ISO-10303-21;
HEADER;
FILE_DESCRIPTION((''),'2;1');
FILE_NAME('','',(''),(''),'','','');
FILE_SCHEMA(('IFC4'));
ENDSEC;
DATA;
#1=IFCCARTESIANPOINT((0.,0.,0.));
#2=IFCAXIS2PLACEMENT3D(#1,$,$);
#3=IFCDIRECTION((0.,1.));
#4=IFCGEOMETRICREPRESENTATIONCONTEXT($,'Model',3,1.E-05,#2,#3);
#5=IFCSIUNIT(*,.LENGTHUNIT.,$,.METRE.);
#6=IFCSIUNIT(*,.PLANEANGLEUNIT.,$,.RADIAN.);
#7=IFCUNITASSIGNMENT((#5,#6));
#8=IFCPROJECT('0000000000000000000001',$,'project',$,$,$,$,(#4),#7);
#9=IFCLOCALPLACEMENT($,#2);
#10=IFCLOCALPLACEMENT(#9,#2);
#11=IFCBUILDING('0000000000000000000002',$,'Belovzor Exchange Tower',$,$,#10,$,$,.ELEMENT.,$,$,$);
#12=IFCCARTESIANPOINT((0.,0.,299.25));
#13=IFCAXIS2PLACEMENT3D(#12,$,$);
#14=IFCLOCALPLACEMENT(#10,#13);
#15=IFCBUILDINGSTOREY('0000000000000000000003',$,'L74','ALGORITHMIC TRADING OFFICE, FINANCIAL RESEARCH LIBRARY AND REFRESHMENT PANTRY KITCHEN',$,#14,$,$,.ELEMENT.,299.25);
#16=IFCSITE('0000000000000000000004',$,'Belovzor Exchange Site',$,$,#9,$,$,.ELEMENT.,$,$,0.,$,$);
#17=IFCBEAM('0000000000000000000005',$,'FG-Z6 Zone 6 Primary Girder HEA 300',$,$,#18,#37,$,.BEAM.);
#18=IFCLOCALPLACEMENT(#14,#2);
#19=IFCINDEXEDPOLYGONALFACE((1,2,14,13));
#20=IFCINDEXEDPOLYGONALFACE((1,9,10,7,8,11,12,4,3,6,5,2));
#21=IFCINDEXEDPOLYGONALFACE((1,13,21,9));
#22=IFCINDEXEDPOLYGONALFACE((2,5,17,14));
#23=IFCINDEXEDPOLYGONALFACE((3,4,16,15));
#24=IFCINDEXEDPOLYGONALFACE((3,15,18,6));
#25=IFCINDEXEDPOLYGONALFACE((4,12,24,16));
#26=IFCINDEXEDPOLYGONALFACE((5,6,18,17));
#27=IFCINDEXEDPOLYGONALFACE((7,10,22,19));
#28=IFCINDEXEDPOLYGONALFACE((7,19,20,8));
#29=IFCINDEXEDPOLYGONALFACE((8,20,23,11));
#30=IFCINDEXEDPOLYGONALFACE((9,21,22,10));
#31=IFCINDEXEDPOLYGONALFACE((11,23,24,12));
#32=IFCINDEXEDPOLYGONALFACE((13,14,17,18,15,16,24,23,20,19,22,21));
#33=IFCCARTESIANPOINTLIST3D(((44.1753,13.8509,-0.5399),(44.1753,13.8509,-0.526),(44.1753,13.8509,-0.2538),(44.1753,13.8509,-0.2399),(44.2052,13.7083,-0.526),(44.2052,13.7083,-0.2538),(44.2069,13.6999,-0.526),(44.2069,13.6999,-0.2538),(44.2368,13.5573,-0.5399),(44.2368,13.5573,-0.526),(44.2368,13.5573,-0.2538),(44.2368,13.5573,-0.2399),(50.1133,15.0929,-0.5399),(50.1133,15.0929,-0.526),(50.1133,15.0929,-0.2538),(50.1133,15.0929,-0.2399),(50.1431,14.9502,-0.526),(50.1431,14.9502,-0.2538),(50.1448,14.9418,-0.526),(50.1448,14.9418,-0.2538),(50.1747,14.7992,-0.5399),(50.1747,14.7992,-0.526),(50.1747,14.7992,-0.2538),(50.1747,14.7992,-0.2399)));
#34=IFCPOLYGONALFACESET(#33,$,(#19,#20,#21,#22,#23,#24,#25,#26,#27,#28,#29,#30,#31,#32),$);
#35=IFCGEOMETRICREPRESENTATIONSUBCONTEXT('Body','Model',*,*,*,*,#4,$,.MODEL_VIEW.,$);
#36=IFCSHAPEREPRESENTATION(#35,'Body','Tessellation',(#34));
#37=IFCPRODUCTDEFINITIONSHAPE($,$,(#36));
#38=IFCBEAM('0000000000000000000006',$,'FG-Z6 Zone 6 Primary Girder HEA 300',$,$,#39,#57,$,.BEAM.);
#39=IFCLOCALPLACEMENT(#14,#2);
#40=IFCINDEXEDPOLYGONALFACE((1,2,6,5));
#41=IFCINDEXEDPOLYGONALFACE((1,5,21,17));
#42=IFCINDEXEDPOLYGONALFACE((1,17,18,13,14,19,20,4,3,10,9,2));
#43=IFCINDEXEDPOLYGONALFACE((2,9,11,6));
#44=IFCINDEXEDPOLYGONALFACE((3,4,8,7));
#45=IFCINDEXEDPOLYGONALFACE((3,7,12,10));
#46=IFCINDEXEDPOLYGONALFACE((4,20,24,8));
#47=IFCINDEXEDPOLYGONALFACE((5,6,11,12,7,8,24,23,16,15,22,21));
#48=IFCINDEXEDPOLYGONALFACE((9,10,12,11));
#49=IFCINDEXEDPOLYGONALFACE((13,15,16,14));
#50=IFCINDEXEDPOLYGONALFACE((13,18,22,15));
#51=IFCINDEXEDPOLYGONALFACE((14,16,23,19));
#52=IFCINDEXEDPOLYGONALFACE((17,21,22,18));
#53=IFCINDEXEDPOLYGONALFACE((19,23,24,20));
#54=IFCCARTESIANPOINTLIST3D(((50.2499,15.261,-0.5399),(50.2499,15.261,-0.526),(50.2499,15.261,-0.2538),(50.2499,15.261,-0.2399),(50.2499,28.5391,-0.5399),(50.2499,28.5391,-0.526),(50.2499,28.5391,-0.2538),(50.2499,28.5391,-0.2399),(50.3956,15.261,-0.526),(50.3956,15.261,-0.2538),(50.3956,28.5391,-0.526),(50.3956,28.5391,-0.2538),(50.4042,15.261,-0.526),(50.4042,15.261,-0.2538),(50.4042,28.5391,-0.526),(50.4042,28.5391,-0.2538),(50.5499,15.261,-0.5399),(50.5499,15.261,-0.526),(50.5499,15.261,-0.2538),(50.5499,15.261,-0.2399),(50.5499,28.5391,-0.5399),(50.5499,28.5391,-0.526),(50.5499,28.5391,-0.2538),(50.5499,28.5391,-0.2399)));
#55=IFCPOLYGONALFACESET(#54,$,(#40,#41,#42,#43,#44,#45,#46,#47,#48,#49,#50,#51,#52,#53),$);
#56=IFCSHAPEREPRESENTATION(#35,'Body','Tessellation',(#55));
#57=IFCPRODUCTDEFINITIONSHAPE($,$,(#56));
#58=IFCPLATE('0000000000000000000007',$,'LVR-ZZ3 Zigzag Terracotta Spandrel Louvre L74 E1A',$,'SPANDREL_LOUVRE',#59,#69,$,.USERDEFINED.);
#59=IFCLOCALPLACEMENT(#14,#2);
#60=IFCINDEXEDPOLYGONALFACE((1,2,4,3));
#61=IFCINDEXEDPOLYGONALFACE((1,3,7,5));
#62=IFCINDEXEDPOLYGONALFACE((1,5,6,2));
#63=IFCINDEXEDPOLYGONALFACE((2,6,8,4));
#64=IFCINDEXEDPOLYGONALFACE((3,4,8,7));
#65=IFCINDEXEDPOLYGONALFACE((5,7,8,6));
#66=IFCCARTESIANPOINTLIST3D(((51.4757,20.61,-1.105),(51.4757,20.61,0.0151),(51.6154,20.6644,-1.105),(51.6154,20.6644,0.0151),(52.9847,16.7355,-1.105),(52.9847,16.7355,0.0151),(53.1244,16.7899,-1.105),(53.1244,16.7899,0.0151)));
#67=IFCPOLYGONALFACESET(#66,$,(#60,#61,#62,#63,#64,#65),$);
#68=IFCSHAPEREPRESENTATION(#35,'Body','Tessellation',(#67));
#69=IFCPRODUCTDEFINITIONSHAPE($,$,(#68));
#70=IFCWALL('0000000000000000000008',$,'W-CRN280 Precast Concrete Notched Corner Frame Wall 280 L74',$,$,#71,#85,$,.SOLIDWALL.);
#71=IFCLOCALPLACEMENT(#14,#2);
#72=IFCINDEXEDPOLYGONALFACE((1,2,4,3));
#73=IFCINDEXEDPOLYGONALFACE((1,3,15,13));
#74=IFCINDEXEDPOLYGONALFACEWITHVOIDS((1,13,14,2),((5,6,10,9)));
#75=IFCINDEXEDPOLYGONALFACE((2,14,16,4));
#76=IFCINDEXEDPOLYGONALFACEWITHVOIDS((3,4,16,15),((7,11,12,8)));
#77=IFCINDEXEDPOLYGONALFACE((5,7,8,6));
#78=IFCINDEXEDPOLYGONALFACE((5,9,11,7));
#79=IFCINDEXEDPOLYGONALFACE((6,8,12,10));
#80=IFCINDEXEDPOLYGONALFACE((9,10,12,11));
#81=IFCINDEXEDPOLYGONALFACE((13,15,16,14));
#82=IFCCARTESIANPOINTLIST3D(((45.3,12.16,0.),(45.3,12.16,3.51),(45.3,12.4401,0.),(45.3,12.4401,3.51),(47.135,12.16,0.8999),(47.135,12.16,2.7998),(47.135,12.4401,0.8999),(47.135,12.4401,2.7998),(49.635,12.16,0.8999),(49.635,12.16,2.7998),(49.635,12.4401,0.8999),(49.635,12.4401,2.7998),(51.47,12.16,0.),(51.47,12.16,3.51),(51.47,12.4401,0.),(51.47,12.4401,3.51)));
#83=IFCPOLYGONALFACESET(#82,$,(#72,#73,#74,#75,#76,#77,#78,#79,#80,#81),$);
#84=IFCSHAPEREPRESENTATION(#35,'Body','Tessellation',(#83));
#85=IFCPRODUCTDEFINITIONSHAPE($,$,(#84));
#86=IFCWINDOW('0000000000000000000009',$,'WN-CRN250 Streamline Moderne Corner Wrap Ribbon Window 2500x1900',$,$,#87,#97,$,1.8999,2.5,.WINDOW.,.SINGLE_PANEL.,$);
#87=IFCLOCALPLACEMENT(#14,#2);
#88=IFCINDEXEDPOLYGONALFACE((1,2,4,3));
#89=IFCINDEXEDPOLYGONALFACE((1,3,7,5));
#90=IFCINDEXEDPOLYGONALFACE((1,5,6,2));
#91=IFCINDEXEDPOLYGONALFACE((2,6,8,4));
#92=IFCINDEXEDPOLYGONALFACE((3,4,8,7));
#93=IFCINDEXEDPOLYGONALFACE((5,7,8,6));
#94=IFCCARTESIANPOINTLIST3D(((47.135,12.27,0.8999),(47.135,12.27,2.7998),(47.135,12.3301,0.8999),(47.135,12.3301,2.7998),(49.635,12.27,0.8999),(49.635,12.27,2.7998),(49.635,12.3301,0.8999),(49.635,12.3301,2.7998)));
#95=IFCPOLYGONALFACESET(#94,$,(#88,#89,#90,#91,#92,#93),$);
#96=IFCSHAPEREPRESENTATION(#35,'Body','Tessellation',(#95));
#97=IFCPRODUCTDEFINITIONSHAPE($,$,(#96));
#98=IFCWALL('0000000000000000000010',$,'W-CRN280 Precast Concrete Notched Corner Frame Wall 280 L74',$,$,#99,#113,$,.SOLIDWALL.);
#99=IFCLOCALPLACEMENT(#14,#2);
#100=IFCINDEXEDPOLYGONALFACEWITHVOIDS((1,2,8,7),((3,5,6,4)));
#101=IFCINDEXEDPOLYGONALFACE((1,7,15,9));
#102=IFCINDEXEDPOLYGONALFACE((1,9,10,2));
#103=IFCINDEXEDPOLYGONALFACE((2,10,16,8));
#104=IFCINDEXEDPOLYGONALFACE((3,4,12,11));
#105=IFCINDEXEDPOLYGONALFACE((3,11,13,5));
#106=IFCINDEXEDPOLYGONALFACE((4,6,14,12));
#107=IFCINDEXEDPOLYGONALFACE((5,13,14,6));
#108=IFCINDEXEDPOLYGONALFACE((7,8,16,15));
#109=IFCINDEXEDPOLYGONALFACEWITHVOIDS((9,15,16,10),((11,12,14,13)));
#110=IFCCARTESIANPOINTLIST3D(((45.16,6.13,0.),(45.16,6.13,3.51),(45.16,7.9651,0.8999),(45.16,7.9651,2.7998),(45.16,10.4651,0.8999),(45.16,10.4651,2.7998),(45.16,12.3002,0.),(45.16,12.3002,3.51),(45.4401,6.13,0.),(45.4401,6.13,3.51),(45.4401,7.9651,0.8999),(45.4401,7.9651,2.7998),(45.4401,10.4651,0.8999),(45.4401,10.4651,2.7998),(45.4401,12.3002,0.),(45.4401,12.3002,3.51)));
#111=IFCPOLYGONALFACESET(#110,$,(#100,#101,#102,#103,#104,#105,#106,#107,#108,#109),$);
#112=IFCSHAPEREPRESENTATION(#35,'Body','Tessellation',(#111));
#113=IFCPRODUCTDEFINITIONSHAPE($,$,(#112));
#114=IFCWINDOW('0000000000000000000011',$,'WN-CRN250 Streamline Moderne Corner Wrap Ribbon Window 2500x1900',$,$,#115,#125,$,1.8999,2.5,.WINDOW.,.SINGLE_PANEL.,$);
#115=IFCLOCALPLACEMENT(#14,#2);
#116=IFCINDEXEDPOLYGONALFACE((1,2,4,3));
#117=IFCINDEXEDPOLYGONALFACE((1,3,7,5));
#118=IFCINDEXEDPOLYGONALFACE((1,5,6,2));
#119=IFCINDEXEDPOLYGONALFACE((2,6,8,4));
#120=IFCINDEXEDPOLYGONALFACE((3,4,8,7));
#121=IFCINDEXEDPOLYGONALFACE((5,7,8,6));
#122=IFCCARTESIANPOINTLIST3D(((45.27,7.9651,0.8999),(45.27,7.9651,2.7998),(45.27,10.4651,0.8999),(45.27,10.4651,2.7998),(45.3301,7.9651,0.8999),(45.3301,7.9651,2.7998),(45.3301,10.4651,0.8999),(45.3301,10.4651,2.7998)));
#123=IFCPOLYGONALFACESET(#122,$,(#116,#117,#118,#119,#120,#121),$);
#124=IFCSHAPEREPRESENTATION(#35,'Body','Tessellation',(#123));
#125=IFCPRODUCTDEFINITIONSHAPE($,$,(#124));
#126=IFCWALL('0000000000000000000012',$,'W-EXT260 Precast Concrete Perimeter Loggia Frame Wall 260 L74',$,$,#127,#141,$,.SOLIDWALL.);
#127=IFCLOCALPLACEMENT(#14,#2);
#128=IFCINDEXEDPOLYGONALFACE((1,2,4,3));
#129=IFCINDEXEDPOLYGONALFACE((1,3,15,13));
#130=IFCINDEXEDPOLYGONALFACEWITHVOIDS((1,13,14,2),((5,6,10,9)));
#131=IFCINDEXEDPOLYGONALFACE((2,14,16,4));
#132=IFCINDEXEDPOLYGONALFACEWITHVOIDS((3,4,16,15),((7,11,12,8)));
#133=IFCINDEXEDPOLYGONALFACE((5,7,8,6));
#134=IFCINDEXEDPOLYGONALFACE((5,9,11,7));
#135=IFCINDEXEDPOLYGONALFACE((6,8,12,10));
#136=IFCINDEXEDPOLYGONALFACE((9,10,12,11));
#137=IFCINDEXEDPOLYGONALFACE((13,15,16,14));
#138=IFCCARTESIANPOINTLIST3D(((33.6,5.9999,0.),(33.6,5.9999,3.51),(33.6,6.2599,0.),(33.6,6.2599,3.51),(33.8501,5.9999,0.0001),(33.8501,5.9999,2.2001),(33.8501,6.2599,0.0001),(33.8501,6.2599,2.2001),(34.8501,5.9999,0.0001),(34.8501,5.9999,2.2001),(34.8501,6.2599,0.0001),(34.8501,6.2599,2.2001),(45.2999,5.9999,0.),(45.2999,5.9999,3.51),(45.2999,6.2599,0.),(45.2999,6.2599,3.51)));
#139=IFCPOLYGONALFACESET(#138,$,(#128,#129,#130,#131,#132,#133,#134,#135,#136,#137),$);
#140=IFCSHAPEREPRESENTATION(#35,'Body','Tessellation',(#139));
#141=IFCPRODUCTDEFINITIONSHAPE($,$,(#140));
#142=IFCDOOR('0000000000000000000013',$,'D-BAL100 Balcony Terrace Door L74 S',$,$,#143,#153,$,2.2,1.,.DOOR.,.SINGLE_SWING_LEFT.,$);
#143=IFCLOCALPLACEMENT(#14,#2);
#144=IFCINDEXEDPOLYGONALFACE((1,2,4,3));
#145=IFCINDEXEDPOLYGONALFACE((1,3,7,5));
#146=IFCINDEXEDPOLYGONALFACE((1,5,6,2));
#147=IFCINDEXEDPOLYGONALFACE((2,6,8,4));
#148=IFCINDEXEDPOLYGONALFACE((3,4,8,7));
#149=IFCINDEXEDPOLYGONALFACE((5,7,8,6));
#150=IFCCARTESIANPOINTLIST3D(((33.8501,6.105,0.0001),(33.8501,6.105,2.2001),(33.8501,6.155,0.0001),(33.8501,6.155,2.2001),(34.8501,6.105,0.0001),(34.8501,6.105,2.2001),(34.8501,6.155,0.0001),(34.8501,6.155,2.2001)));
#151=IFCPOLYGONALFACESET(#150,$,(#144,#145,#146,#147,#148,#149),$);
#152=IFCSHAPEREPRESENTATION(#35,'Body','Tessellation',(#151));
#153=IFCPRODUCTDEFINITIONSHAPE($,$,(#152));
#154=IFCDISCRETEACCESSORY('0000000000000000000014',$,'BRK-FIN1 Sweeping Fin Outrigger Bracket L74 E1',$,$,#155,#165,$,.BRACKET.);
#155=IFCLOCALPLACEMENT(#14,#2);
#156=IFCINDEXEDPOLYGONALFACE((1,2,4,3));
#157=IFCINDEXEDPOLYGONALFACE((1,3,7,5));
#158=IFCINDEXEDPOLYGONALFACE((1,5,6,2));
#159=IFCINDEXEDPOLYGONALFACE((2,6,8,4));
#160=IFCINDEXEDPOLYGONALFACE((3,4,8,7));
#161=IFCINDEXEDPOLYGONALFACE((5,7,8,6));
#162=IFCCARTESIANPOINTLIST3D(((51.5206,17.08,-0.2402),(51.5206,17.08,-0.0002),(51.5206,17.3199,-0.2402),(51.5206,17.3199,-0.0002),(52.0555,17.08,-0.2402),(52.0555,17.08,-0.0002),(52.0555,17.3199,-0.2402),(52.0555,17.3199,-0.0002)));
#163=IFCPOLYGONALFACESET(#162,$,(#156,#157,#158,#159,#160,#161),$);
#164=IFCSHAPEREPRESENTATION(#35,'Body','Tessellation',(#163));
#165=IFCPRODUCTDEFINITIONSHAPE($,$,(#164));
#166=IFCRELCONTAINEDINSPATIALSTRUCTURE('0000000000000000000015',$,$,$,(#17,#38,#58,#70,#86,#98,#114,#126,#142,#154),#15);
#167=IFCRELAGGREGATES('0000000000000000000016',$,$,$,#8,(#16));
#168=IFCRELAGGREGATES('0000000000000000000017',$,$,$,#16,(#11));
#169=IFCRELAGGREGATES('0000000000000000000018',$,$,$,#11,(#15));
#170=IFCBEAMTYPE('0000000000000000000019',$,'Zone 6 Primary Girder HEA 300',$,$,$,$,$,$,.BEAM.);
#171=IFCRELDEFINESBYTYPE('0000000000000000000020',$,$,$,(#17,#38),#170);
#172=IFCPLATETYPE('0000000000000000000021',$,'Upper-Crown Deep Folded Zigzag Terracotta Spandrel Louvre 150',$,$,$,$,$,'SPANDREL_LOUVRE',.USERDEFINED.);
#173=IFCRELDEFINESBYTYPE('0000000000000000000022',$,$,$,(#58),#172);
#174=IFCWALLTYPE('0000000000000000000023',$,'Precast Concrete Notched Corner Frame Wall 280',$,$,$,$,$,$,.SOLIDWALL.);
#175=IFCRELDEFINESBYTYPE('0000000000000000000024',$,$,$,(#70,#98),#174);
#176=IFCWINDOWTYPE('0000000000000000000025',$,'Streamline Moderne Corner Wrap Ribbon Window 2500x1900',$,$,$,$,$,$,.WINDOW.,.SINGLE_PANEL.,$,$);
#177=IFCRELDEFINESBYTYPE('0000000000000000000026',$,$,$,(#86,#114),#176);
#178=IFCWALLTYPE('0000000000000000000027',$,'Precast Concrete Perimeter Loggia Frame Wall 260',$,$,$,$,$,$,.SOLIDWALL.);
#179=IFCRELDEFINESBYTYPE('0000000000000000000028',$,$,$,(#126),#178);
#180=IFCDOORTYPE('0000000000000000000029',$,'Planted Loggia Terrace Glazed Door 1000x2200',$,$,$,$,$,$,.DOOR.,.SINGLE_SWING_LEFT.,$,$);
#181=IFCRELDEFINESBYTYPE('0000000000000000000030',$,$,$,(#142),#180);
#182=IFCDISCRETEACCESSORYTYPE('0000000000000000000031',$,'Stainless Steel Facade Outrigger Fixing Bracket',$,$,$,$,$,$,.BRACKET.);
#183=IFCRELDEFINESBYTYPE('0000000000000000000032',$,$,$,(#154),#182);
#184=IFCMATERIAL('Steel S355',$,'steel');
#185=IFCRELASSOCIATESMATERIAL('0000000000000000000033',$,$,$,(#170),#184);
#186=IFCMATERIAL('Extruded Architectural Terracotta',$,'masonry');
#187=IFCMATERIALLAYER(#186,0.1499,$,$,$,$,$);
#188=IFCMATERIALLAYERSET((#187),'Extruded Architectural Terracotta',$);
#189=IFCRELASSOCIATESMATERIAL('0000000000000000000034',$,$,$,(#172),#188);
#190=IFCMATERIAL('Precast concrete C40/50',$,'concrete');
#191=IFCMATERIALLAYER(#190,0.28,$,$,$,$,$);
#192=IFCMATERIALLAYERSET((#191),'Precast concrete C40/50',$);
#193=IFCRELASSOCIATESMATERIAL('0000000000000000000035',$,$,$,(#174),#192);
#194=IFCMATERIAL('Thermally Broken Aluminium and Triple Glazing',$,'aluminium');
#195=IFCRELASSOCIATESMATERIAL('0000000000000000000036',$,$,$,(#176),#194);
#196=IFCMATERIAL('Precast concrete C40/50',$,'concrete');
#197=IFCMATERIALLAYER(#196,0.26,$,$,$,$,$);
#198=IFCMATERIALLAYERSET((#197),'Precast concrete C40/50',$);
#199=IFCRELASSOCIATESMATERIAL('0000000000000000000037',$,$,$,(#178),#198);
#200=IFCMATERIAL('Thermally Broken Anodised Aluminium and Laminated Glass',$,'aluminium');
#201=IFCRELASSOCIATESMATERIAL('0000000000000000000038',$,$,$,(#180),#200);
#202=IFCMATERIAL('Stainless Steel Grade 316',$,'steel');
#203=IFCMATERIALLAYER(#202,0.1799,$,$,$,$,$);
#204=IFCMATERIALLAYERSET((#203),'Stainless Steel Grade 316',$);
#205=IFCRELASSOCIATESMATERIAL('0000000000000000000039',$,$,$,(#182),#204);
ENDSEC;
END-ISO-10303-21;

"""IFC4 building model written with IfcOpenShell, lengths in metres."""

from ifc_helpers import new_model, si_unit, direction, frame, frame_2d, origin, origin_2d, place, context, subcontext, project, spatial, rectangle, i_section, extrude, material, layer, layer_set, material_profile, profile_set, type_object, element, fill, save


model = new_model("IFC4")

# Units and contexts
model_context = context("Model", 3, precision=1e-05, world=origin(), true_north=direction((0.0, 1.0)))
body_context = subcontext(model_context, "Body", "Model", "MODEL_VIEW")
ifc_project = project(units=[si_unit("LENGTHUNIT", "METRE"), si_unit("PLANEANGLEUNIT", "RADIAN")], contexts=[model_context])

# Site, building, storey
site_placement = place(None, origin())
site = spatial("IfcSite", under=ifc_project, at=site_placement, Name="Belovzor Exchange Site", CompositionType="ELEMENT", RefElevation=0.0)
building_placement = place(site_placement, origin())
building = spatial("IfcBuilding", under=site, at=building_placement, Name="Belovzor Exchange Tower", CompositionType="ELEMENT")
storey_placement = place(building_placement, frame((0.0, 0.0, 299.25)))
storey = spatial("IfcBuildingStorey", under=building, at=storey_placement, Name="L74", Description="ALGORITHMIC TRADING OFFICE, FINANCIAL RESEARCH LIBRARY AND REFRESHMENT PANTRY KITCHEN", CompositionType="ELEMENT", Elevation=299.25)

# Beams
ifc_material_1 = material(Name="Steel S355", Category="steel")
ifc_material_profile_1 = material_profile(ifc_material_1, i_section(OverallWidth=0.3, OverallDepth=0.3, WebThickness=0.0085, FlangeThickness=0.0139, at=origin_2d()))
ifc_profile_set_1 = profile_set([ifc_material_profile_1], Name="Steel S355")
beam_type_1 = type_object("IfcBeamType", Name="Zone 6 Primary Girder HEA 300", PredefinedType="BEAM", material=ifc_profile_set_1)
for number, where, z_axis, x_axis, name in (
    (1, (44.2061, 13.7041, -0.3899), (0.97882, 0.204722, 0.0), (-0.204722, 0.97882, 0.0), "FG-Z6 Zone 6 Primary Girder HEA 300"),
):
    element("IfcBeam", number, at=place(storey_placement, frame(where, z_axis=z_axis, x_axis=x_axis)), inside=storey, type_object=beam_type_1, Name=name, PredefinedType="BEAM", context=body_context, shape_type="SweptSolid", body=[
        extrude(i_section(OverallWidth=0.3, OverallDepth=0.3, WebThickness=0.0085, FlangeThickness=0.0139, at=origin_2d()), origin(), (0.0, 0.0, 1.0), 6.0664),
    ])
beam_1_placement = place(storey_placement, frame((50.3999, 15.261, -0.3899), z_axis=(0.0, 1.0, 0.0), x_axis=(-1.0, 0.0, 0.0)))
element("IfcBeam", 2, at=beam_1_placement, inside=storey, type_object=beam_type_1, Name="FG-Z6 Zone 6 Primary Girder HEA 300", PredefinedType="BEAM", context=body_context, shape_type="SweptSolid", body=[
    extrude(i_section(OverallWidth=0.3, OverallDepth=0.3, WebThickness=0.0085, FlangeThickness=0.0139, at=origin_2d()), origin(), (0.0, 0.0, 1.0), 13.2781),
])

# Plate
ifc_material_2 = material(Name="Extruded Architectural Terracotta", Category="masonry")
ifc_layer_1 = layer(ifc_material_2, 0.1499)
ifc_layer_set_1 = layer_set([ifc_layer_1], Name="Extruded Architectural Terracotta")
plate_type = type_object("IfcPlateType", Name="Upper-Crown Deep Folded Zigzag Terracotta Spandrel Louvre 150", ElementType="SPANDREL_LOUVRE", PredefinedType="USERDEFINED", material=ifc_layer_set_1)
plate_placement = place(storey_placement, frame((52.3, 18.7, -1.105), z_axis=(0.0, 0.0, 1.0), x_axis=(-0.362926, 0.931818, 0.0)))
element("IfcPlate", 3, at=plate_placement, inside=storey, type_object=plate_type, Name="LVR-ZZ3 Zigzag Terracotta Spandrel Louvre L74 E1A", ObjectType="SPANDREL_LOUVRE", PredefinedType="USERDEFINED", context=body_context, shape_type="SweptSolid", body=[
    extrude(rectangle(XDim=4.158, YDim=0.1499, at=origin_2d()), origin(), (0.0, 0.0, 1.0), 1.1201),
])

# Walls, openings, windows
ifc_material_3 = material(Name="Precast concrete C40/50", Category="concrete")
ifc_layer_2 = layer(ifc_material_3, 0.28)
ifc_layer_set_2 = layer_set([ifc_layer_2], Name="Precast concrete C40/50")
wall_type_1 = type_object("IfcWallType", Name="Precast Concrete Notched Corner Frame Wall 280", PredefinedType="SOLIDWALL", material=ifc_layer_set_2)
wall_1_placement = place(storey_placement, frame((51.47, 12.3, 0.0), z_axis=(0.0, 0.0, 1.0), x_axis=(-1.0, 0.0, 0.0)))
wall_1 = element("IfcWall", 4, at=wall_1_placement, inside=storey, type_object=wall_type_1, Name="W-CRN280 Precast Concrete Notched Corner Frame Wall 280 L74", PredefinedType="SOLIDWALL", context=body_context, shape_type="SweptSolid", body=[
    extrude(rectangle(XDim=6.1699, YDim=0.28, at=frame_2d((3.085, 0.0))), origin(), (0.0, 0.0, 1.0), 3.51),
])
opening_1_placement = place(wall_1_placement, frame((1.835, 0.0, 0.8999)))
opening_1 = element("IfcOpeningElement", 5, at=opening_1_placement, cuts=wall_1, PredefinedType="OPENING", context=body_context, shape_type="SweptSolid", body=[
    extrude(rectangle(XDim=2.5, YDim=1.8999, at=frame_2d((1.25, 0.95))), frame((0.0, 0.1499, 0.0), z_axis=(0.0, -1.0, 0.0), x_axis=(1.0, 0.0, 0.0)), (0.0, 0.0, 1.0), 0.3),
])
ifc_material_4 = material(Name="Thermally Broken Aluminium and Triple Glazing", Category="aluminium")
window_type = type_object("IfcWindowType", Name="Streamline Moderne Corner Wrap Ribbon Window 2500x1900", PartitioningType="SINGLE_PANEL", PredefinedType="WINDOW", material=ifc_material_4)
window_1_placement = place(opening_1_placement, origin())
window_1 = element("IfcWindow", 6, at=window_1_placement, inside=storey, type_object=window_type, Name="WN-CRN250 Streamline Moderne Corner Wrap Ribbon Window 2500x1900", OverallHeight=1.8999, OverallWidth=2.5, PartitioningType="SINGLE_PANEL", PredefinedType="WINDOW", context=body_context, shape_type="SweptSolid", body=[
    extrude(rectangle(XDim=2.5, YDim=1.8999, at=frame_2d((1.25, 0.95))), frame((0.0, 0.03, 0.0), z_axis=(0.0, -1.0, 0.0), x_axis=(1.0, 0.0, 0.0)), (0.0, 0.0, 1.0), 0.0601),
])
fill(opening_1, window_1)
wall_2_placement = place(storey_placement, frame((45.3, 12.3, 0.0), z_axis=(0.0, 0.0, 1.0), x_axis=(0.0, -1.0, 0.0)))
wall_2 = element("IfcWall", 7, at=wall_2_placement, inside=storey, type_object=wall_type_1, Name="W-CRN280 Precast Concrete Notched Corner Frame Wall 280 L74", PredefinedType="SOLIDWALL", context=body_context, shape_type="SweptSolid", body=[
    extrude(rectangle(XDim=6.1702, YDim=0.28, at=frame_2d((3.085, 0.0))), origin(), (0.0, 0.0, 1.0), 3.51),
])
opening_2_placement = place(wall_2_placement, frame((1.835, 0.0, 0.8999)))
opening_2 = element("IfcOpeningElement", 8, at=opening_2_placement, cuts=wall_2, PredefinedType="OPENING", context=body_context, shape_type="SweptSolid", body=[
    extrude(rectangle(XDim=2.5, YDim=1.8999, at=frame_2d((1.25, 0.95))), frame((0.0, 0.1499, 0.0), z_axis=(0.0, -1.0, 0.0), x_axis=(1.0, 0.0, 0.0)), (0.0, 0.0, 1.0), 0.3),
])
window_2_placement = place(opening_2_placement, origin())
window_2 = element("IfcWindow", 9, at=window_2_placement, inside=storey, type_object=window_type, Name="WN-CRN250 Streamline Moderne Corner Wrap Ribbon Window 2500x1900", OverallHeight=1.8999, OverallWidth=2.5, PartitioningType="SINGLE_PANEL", PredefinedType="WINDOW", context=body_context, shape_type="SweptSolid", body=[
    extrude(rectangle(XDim=2.5, YDim=1.8999, at=frame_2d((1.25, 0.95))), frame((0.0, 0.03, 0.0), z_axis=(0.0, -1.0, 0.0), x_axis=(1.0, 0.0, 0.0)), (0.0, 0.0, 1.0), 0.0601),
])
fill(opening_2, window_2)

# Wall, opening, door
ifc_material_5 = material(Name="Precast concrete C40/50", Category="concrete")
ifc_layer_3 = layer(ifc_material_5, 0.26)
ifc_layer_set_3 = layer_set([ifc_layer_3], Name="Precast concrete C40/50")
wall_type_2 = type_object("IfcWallType", Name="Precast Concrete Perimeter Loggia Frame Wall 260", PredefinedType="SOLIDWALL", material=ifc_layer_set_3)
wall_3_placement = place(storey_placement, frame((45.3, 6.1299, 0.0), z_axis=(0.0, 0.0, 1.0), x_axis=(-1.0, 0.0, 0.0)))
wall_3 = element("IfcWall", 10, at=wall_3_placement, inside=storey, type_object=wall_type_2, Name="W-EXT260 Precast Concrete Perimeter Loggia Frame Wall 260 L74", PredefinedType="SOLIDWALL", context=body_context, shape_type="SweptSolid", body=[
    extrude(rectangle(XDim=11.7, YDim=0.26, at=frame_2d((5.8501, 0.0))), origin(), (0.0, 0.0, 1.0), 3.51),
])
opening_3_placement = place(wall_3_placement, frame((10.45, 0.0, 0.0)))
opening_3 = element("IfcOpeningElement", 11, at=opening_3_placement, cuts=wall_3, PredefinedType="OPENING", context=body_context, shape_type="SweptSolid", body=[
    extrude(rectangle(XDim=1.0, YDim=2.2, at=frame_2d((0.5, 1.1001))), frame((0.0, 0.1399, 0.0), z_axis=(0.0, -1.0, 0.0), x_axis=(1.0, 0.0, 0.0)), (0.0, 0.0, 1.0), 0.28),
])
ifc_material_6 = material(Name="Thermally Broken Anodised Aluminium and Laminated Glass", Category="aluminium")
door_type = type_object("IfcDoorType", Name="Planted Loggia Terrace Glazed Door 1000x2200", OperationType="SINGLE_SWING_LEFT", PredefinedType="DOOR", material=ifc_material_6)
door_placement = place(opening_3_placement, origin())
door = element("IfcDoor", 12, at=door_placement, inside=storey, type_object=door_type, Name="D-BAL100 Balcony Terrace Door L74 S", OperationType="SINGLE_SWING_LEFT", OverallHeight=2.2, OverallWidth=1.0, PredefinedType="DOOR", context=body_context, shape_type="SweptSolid", body=[
    extrude(rectangle(XDim=1.0, YDim=2.2, at=frame_2d((0.5, 1.1001))), frame((0.0, 0.0249, 0.0), z_axis=(0.0, -1.0, 0.0), x_axis=(1.0, 0.0, 0.0)), (0.0, 0.0, 1.0), 0.05),
])
fill(opening_3, door)

# Discrete accessory
ifc_material_7 = material(Name="Stainless Steel Grade 316", Category="steel")
ifc_layer_4 = layer(ifc_material_7, 0.1799)
ifc_layer_set_4 = layer_set([ifc_layer_4], Name="Stainless Steel Grade 316")
discrete_accessory_type = type_object("IfcDiscreteAccessoryType", Name="Stainless Steel Facade Outrigger Fixing Bracket", PredefinedType="BRACKET", material=ifc_layer_set_4)
for number, where, z_axis, x_axis, name in (
    (13, (51.7881, 17.2, -0.2402), (0.0, 0.0, 1.0), (1.0, 0.0, 0.0), "BRK-FIN1 Sweeping Fin Outrigger Bracket L74 E1"),
):
    element("IfcDiscreteAccessory", number, at=place(storey_placement, frame(where, z_axis=z_axis, x_axis=x_axis)), inside=storey, type_object=discrete_accessory_type, Name=name, PredefinedType="BRACKET", context=body_context, shape_type="SweptSolid", body=[
        extrude(rectangle(XDim=0.5349, YDim=0.24, at=origin_2d()), origin(), (0.0, 0.0, 1.0), 0.24),
    ])

save(model, "model.ifc")
